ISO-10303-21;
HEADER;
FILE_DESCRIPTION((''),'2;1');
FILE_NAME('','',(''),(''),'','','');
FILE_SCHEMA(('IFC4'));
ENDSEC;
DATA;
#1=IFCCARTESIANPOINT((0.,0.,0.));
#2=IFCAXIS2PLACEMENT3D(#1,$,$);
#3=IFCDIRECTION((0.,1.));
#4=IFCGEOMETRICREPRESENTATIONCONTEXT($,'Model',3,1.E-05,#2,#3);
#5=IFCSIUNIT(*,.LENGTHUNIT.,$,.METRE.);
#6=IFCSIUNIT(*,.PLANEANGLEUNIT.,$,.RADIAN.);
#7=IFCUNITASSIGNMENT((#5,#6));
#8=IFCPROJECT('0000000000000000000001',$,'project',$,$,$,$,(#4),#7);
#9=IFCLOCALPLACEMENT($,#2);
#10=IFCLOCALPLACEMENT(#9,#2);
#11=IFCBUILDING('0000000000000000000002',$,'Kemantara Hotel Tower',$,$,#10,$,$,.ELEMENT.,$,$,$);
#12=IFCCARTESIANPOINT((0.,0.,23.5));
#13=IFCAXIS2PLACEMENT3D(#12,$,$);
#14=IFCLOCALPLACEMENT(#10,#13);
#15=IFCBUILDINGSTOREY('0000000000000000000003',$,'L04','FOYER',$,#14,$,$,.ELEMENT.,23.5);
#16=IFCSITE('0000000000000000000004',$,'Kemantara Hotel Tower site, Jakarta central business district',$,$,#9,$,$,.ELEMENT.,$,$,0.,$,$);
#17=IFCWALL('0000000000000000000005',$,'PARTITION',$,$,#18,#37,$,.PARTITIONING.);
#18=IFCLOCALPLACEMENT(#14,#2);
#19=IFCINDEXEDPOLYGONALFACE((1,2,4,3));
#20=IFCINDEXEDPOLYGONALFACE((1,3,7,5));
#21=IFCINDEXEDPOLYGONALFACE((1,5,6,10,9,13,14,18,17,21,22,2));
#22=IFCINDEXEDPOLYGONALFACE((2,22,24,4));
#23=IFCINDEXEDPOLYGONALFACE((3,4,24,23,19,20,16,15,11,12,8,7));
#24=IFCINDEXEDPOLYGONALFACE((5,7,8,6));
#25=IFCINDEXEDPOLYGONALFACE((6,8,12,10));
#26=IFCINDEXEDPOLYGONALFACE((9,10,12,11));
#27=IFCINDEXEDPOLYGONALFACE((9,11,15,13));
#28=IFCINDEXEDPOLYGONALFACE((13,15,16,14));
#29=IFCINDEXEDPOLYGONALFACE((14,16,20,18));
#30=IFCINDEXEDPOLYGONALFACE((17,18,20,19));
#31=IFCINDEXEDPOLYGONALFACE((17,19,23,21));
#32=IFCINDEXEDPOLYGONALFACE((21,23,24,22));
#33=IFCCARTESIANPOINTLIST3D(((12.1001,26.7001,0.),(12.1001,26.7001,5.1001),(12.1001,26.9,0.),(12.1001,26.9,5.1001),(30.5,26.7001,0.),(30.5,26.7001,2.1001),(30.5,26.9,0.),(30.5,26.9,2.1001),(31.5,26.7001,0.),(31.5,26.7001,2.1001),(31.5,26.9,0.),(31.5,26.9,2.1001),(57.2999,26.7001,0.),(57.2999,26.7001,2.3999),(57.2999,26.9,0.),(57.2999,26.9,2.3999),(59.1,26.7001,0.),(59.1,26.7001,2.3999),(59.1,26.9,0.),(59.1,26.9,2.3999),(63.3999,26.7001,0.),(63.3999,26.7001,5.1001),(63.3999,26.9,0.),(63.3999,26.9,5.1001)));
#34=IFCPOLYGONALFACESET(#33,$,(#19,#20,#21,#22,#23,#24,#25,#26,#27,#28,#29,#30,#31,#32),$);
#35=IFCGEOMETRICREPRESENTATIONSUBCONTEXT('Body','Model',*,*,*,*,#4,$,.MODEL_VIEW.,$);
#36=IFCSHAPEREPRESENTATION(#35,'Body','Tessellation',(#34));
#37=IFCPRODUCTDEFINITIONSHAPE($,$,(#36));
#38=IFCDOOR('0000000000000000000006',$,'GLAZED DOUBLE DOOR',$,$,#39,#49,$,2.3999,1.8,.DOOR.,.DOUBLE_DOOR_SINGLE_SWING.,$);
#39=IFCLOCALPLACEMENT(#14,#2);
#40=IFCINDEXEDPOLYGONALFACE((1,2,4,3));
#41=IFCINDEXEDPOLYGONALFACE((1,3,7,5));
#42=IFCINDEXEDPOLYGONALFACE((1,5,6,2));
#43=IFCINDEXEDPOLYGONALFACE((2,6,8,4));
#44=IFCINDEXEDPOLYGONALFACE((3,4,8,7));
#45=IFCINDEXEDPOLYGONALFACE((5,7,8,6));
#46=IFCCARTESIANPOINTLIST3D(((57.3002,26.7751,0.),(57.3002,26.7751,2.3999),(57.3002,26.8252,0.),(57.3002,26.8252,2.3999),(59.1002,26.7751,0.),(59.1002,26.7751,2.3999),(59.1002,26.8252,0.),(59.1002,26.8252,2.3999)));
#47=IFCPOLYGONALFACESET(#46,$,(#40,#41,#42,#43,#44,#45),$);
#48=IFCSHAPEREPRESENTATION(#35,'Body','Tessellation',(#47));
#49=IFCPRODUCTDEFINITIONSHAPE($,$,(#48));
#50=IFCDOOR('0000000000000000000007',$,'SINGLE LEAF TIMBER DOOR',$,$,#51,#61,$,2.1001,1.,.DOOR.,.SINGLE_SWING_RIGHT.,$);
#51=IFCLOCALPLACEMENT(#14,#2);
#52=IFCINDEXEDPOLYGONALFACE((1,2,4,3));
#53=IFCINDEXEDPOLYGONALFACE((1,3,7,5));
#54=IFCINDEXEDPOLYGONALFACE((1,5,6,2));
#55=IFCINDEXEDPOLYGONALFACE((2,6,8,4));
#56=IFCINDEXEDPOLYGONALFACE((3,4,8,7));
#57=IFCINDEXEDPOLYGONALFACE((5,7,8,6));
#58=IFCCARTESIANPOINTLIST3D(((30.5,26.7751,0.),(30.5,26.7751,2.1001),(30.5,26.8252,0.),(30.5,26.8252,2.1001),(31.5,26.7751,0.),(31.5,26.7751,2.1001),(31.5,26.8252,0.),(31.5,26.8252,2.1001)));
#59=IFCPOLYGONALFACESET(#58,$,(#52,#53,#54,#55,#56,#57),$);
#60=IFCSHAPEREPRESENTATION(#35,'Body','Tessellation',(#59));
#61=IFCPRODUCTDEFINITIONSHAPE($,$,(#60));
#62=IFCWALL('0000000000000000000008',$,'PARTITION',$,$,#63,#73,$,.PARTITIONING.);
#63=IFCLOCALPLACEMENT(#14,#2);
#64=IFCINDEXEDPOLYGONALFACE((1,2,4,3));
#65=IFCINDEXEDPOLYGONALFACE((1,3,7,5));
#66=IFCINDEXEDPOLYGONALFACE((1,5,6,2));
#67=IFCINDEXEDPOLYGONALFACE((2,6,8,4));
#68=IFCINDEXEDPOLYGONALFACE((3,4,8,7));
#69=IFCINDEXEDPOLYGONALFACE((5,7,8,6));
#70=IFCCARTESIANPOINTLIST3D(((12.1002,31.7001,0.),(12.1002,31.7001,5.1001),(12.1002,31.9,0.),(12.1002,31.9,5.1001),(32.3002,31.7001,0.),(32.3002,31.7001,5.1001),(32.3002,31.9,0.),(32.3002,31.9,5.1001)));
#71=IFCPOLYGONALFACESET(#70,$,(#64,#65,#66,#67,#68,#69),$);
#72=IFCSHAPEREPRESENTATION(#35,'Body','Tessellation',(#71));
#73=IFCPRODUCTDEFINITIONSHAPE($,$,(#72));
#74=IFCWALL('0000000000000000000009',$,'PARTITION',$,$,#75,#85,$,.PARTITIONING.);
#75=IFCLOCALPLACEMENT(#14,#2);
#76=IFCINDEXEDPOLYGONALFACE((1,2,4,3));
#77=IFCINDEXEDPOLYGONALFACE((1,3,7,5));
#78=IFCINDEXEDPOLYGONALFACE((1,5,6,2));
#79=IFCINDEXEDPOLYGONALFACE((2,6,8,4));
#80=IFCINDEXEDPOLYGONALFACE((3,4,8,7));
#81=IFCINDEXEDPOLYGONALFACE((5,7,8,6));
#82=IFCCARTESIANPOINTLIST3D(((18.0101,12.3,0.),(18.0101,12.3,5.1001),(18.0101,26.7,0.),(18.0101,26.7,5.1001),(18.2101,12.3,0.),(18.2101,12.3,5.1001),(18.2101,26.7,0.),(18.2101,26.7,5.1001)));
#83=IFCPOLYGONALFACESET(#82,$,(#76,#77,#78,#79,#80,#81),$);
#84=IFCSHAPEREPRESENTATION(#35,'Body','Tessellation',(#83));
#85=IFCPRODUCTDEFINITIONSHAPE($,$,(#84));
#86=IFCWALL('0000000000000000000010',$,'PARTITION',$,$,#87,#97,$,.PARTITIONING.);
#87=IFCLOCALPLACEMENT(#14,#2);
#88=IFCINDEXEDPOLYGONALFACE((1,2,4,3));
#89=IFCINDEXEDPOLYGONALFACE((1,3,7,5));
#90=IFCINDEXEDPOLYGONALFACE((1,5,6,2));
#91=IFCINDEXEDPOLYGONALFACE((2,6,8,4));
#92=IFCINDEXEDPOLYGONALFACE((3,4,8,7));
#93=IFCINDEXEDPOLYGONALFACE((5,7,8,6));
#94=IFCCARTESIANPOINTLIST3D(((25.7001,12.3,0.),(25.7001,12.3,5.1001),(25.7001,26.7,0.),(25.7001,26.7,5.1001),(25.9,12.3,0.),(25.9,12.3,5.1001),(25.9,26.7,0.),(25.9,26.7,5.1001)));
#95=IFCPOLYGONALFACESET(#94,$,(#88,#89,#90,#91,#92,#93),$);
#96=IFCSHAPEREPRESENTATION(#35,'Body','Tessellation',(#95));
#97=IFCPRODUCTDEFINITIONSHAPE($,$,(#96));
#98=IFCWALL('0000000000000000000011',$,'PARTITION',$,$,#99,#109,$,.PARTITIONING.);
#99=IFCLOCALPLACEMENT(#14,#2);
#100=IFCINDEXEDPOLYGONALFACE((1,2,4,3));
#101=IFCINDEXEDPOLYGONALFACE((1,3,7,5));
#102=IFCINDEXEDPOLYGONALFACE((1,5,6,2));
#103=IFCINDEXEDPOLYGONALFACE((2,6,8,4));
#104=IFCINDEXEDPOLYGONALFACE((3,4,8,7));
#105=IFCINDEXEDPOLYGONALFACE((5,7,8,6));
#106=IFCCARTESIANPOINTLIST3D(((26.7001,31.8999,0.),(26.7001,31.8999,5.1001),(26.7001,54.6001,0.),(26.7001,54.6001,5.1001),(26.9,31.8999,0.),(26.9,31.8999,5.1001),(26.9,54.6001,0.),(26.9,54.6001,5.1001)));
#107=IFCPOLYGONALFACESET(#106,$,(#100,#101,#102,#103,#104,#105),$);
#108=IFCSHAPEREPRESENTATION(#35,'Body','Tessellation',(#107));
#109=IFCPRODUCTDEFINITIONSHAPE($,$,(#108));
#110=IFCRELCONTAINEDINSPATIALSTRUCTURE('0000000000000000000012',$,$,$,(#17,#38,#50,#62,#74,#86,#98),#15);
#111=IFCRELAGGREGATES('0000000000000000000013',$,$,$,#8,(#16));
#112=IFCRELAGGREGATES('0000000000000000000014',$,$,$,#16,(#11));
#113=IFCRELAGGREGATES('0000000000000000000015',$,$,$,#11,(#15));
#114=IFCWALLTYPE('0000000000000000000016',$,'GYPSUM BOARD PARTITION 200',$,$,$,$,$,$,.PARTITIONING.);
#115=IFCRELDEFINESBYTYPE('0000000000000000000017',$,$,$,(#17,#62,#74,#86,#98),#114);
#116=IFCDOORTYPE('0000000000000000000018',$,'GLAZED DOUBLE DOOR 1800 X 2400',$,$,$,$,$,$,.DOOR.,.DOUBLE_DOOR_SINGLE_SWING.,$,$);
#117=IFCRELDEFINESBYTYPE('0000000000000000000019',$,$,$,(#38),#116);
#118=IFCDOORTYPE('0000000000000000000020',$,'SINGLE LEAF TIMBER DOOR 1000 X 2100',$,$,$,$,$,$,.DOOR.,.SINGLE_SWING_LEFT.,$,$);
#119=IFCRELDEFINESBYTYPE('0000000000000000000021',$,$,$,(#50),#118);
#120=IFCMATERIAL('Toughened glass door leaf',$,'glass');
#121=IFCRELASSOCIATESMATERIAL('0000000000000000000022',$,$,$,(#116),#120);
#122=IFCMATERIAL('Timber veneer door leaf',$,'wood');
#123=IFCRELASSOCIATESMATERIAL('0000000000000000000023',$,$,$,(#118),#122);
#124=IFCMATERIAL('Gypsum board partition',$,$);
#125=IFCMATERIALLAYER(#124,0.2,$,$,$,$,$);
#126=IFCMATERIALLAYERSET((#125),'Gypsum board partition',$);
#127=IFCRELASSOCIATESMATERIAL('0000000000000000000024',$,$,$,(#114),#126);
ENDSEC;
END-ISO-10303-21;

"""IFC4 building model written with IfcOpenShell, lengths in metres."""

from ifc_helpers import new_model, si_unit, direction, frame, frame_2d, origin, place, context, subcontext, project, spatial, rectangle, extrude, material, layer, layer_set, type_object, element, fill, save


model = new_model("IFC4")

# Units and contexts
model_context = context("Model", 3, precision=1e-05, world=origin(), true_north=direction((0.0, 1.0)))
body_context = subcontext(model_context, "Body", "Model", "MODEL_VIEW")
ifc_project = project(units=[si_unit("LENGTHUNIT", "METRE"), si_unit("PLANEANGLEUNIT", "RADIAN")], contexts=[model_context])

# Site, building, storey
site_placement = place(None, origin())
site = spatial("IfcSite", under=ifc_project, at=site_placement, Name="Kemantara Hotel Tower site, Jakarta central business district", CompositionType="ELEMENT", RefElevation=0.0)
building_placement = place(site_placement, origin())
building = spatial("IfcBuilding", under=site, at=building_placement, Name="Kemantara Hotel Tower", CompositionType="ELEMENT")
storey_placement = place(building_placement, frame((0.0, 0.0, 23.5)))
storey = spatial("IfcBuildingStorey", under=building, at=storey_placement, Name="L04", Description="FOYER", CompositionType="ELEMENT", Elevation=23.5)

# Wall, openings, doors
ifc_material_1 = material(Name="Timber veneer door leaf", Category="wood")
ifc_material_2 = material(Name="Toughened glass door leaf", Category="glass")
door_type_1 = type_object("IfcDoorType", Name="GLAZED DOUBLE DOOR 1800 X 2400", OperationType="DOUBLE_DOOR_SINGLE_SWING", PredefinedType="DOOR", material=ifc_material_2)
door_type_2 = type_object("IfcDoorType", Name="SINGLE LEAF TIMBER DOOR 1000 X 2100", OperationType="SINGLE_SWING_LEFT", PredefinedType="DOOR", material=ifc_material_1)
ifc_material_3 = material(Name="Gypsum board partition")
ifc_layer_1 = layer(ifc_material_3, 0.2)
ifc_layer_set_1 = layer_set([ifc_layer_1], Name="Gypsum board partition")
wall_type_1 = type_object("IfcWallType", Name="GYPSUM BOARD PARTITION 200", PredefinedType="PARTITIONING", material=ifc_layer_set_1)
wall_1_placement = place(storey_placement, frame((12.1001, 26.8, 0.0), z_axis=(0.0, 0.0, 1.0), x_axis=(1.0, 0.0, 0.0)))
wall_1 = element("IfcWall", 1, at=wall_1_placement, inside=storey, type_object=wall_type_1, Name="PARTITION", PredefinedType="PARTITIONING", context=body_context, shape_type="SweptSolid", body=[
    extrude(rectangle(XDim=51.2998, YDim=0.2, at=frame_2d((25.6499, 0.0))), origin(), (0.0, 0.0, 1.0), 5.1001),
])
opening_1_placement = place(wall_1_placement, frame((18.3999, 0.0, 0.0)))
opening_1 = element("IfcOpeningElement", 2, at=opening_1_placement, cuts=wall_1, PredefinedType="OPENING", context=body_context, shape_type="SweptSolid", body=[
    extrude(rectangle(XDim=1.0, YDim=2.1001, at=frame_2d((0.5, 1.05))), frame((0.0, 0.1099, 0.0), z_axis=(0.0, -1.0, 0.0), x_axis=(1.0, 0.0, 0.0)), (0.0, 0.0, 1.0), 0.22),
])
opening_2_placement = place(wall_1_placement, frame((45.2, 0.0, 0.0)))
opening_2 = element("IfcOpeningElement", 3, at=opening_2_placement, cuts=wall_1, PredefinedType="OPENING", context=body_context, shape_type="SweptSolid", body=[
    extrude(rectangle(XDim=1.8, YDim=2.3999, at=frame_2d((0.8999, 1.2))), frame((0.0, 0.1099, 0.0), z_axis=(0.0, -1.0, 0.0), x_axis=(1.0, 0.0, 0.0)), (0.0, 0.0, 1.0), 0.22),
])
door_1_placement = place(opening_2_placement, frame((1.8, 0.0, 0.0), z_axis=(0.0, 0.0, 1.0), x_axis=(-1.0, 0.0, 0.0)))
door_1 = element("IfcDoor", 4, at=door_1_placement, inside=storey, type_object=door_type_1, Name="GLAZED DOUBLE DOOR", OperationType="DOUBLE_DOOR_SINGLE_SWING", OverallHeight=2.3999, OverallWidth=1.8, PredefinedType="DOOR", context=body_context, shape_type="SweptSolid", body=[
    extrude(rectangle(XDim=1.8, YDim=2.3999, at=frame_2d((0.8999, 1.2))), frame((0.0, 0.0249, 0.0), z_axis=(0.0, -1.0, 0.0), x_axis=(1.0, 0.0, 0.0)), (0.0, 0.0, 1.0), 0.05),
])
fill(opening_2, door_1)
door_2_placement = place(opening_1_placement, frame((1.0, 0.0, 0.0), z_axis=(0.0, 0.0, 1.0), x_axis=(-1.0, 0.0, 0.0)))
door_2 = element("IfcDoor", 5, at=door_2_placement, inside=storey, type_object=door_type_2, Name="SINGLE LEAF TIMBER DOOR", OperationType="SINGLE_SWING_RIGHT", OverallHeight=2.1001, OverallWidth=1.0, PredefinedType="DOOR", context=body_context, shape_type="SweptSolid", body=[
    extrude(rectangle(XDim=1.0, YDim=2.1001, at=frame_2d((0.5, 1.05))), frame((0.0, 0.0249, 0.0), z_axis=(0.0, -1.0, 0.0), x_axis=(1.0, 0.0, 0.0)), (0.0, 0.0, 1.0), 0.05),
])
fill(opening_1, door_2)

# Walls
wall_2_placement = place(storey_placement, frame((12.1001, 31.8, 0.0), z_axis=(0.0, 0.0, 1.0), x_axis=(1.0, 0.0, 0.0)))
element("IfcWall", 6, at=wall_2_placement, inside=storey, type_object=wall_type_1, Name="PARTITION", PredefinedType="PARTITIONING", context=body_context, shape_type="SweptSolid", body=[
    extrude(rectangle(XDim=20.2, YDim=0.2, at=frame_2d((10.1001, 0.0))), origin(), (0.0, 0.0, 1.0), 5.1001),
])
for number, where, z_axis, x_axis, name in (
    (7, (18.1101, 12.3, 0.0), (0.0, 0.0, 1.0), (0.0, 1.0, 0.0), "PARTITION"),
    (8, (25.8, 12.3, 0.0), (0.0, 0.0, 1.0), (0.0, 1.0, 0.0), "PARTITION"),
):
    element("IfcWall", number, at=place(storey_placement, frame(where, z_axis=z_axis, x_axis=x_axis)), inside=storey, type_object=wall_type_1, Name=name, PredefinedType="PARTITIONING", context=body_context, shape_type="SweptSolid", body=[
        extrude(rectangle(XDim=14.3999, YDim=0.2, at=frame_2d((7.2, 0.0))), origin(), (0.0, 0.0, 1.0), 5.1001),
    ])
wall_3_placement = place(storey_placement, frame((26.8, 31.8999, 0.0), z_axis=(0.0, 0.0, 1.0), x_axis=(0.0, 1.0, 0.0)))
element("IfcWall", 9, at=wall_3_placement, inside=storey, type_object=wall_type_1, Name="PARTITION", PredefinedType="PARTITIONING", context=body_context, shape_type="SweptSolid", body=[
    extrude(rectangle(XDim=22.7002, YDim=0.2, at=frame_2d((11.3501, 0.0))), origin(), (0.0, 0.0, 1.0), 5.1001),
])

save(model, "model.ifc")
